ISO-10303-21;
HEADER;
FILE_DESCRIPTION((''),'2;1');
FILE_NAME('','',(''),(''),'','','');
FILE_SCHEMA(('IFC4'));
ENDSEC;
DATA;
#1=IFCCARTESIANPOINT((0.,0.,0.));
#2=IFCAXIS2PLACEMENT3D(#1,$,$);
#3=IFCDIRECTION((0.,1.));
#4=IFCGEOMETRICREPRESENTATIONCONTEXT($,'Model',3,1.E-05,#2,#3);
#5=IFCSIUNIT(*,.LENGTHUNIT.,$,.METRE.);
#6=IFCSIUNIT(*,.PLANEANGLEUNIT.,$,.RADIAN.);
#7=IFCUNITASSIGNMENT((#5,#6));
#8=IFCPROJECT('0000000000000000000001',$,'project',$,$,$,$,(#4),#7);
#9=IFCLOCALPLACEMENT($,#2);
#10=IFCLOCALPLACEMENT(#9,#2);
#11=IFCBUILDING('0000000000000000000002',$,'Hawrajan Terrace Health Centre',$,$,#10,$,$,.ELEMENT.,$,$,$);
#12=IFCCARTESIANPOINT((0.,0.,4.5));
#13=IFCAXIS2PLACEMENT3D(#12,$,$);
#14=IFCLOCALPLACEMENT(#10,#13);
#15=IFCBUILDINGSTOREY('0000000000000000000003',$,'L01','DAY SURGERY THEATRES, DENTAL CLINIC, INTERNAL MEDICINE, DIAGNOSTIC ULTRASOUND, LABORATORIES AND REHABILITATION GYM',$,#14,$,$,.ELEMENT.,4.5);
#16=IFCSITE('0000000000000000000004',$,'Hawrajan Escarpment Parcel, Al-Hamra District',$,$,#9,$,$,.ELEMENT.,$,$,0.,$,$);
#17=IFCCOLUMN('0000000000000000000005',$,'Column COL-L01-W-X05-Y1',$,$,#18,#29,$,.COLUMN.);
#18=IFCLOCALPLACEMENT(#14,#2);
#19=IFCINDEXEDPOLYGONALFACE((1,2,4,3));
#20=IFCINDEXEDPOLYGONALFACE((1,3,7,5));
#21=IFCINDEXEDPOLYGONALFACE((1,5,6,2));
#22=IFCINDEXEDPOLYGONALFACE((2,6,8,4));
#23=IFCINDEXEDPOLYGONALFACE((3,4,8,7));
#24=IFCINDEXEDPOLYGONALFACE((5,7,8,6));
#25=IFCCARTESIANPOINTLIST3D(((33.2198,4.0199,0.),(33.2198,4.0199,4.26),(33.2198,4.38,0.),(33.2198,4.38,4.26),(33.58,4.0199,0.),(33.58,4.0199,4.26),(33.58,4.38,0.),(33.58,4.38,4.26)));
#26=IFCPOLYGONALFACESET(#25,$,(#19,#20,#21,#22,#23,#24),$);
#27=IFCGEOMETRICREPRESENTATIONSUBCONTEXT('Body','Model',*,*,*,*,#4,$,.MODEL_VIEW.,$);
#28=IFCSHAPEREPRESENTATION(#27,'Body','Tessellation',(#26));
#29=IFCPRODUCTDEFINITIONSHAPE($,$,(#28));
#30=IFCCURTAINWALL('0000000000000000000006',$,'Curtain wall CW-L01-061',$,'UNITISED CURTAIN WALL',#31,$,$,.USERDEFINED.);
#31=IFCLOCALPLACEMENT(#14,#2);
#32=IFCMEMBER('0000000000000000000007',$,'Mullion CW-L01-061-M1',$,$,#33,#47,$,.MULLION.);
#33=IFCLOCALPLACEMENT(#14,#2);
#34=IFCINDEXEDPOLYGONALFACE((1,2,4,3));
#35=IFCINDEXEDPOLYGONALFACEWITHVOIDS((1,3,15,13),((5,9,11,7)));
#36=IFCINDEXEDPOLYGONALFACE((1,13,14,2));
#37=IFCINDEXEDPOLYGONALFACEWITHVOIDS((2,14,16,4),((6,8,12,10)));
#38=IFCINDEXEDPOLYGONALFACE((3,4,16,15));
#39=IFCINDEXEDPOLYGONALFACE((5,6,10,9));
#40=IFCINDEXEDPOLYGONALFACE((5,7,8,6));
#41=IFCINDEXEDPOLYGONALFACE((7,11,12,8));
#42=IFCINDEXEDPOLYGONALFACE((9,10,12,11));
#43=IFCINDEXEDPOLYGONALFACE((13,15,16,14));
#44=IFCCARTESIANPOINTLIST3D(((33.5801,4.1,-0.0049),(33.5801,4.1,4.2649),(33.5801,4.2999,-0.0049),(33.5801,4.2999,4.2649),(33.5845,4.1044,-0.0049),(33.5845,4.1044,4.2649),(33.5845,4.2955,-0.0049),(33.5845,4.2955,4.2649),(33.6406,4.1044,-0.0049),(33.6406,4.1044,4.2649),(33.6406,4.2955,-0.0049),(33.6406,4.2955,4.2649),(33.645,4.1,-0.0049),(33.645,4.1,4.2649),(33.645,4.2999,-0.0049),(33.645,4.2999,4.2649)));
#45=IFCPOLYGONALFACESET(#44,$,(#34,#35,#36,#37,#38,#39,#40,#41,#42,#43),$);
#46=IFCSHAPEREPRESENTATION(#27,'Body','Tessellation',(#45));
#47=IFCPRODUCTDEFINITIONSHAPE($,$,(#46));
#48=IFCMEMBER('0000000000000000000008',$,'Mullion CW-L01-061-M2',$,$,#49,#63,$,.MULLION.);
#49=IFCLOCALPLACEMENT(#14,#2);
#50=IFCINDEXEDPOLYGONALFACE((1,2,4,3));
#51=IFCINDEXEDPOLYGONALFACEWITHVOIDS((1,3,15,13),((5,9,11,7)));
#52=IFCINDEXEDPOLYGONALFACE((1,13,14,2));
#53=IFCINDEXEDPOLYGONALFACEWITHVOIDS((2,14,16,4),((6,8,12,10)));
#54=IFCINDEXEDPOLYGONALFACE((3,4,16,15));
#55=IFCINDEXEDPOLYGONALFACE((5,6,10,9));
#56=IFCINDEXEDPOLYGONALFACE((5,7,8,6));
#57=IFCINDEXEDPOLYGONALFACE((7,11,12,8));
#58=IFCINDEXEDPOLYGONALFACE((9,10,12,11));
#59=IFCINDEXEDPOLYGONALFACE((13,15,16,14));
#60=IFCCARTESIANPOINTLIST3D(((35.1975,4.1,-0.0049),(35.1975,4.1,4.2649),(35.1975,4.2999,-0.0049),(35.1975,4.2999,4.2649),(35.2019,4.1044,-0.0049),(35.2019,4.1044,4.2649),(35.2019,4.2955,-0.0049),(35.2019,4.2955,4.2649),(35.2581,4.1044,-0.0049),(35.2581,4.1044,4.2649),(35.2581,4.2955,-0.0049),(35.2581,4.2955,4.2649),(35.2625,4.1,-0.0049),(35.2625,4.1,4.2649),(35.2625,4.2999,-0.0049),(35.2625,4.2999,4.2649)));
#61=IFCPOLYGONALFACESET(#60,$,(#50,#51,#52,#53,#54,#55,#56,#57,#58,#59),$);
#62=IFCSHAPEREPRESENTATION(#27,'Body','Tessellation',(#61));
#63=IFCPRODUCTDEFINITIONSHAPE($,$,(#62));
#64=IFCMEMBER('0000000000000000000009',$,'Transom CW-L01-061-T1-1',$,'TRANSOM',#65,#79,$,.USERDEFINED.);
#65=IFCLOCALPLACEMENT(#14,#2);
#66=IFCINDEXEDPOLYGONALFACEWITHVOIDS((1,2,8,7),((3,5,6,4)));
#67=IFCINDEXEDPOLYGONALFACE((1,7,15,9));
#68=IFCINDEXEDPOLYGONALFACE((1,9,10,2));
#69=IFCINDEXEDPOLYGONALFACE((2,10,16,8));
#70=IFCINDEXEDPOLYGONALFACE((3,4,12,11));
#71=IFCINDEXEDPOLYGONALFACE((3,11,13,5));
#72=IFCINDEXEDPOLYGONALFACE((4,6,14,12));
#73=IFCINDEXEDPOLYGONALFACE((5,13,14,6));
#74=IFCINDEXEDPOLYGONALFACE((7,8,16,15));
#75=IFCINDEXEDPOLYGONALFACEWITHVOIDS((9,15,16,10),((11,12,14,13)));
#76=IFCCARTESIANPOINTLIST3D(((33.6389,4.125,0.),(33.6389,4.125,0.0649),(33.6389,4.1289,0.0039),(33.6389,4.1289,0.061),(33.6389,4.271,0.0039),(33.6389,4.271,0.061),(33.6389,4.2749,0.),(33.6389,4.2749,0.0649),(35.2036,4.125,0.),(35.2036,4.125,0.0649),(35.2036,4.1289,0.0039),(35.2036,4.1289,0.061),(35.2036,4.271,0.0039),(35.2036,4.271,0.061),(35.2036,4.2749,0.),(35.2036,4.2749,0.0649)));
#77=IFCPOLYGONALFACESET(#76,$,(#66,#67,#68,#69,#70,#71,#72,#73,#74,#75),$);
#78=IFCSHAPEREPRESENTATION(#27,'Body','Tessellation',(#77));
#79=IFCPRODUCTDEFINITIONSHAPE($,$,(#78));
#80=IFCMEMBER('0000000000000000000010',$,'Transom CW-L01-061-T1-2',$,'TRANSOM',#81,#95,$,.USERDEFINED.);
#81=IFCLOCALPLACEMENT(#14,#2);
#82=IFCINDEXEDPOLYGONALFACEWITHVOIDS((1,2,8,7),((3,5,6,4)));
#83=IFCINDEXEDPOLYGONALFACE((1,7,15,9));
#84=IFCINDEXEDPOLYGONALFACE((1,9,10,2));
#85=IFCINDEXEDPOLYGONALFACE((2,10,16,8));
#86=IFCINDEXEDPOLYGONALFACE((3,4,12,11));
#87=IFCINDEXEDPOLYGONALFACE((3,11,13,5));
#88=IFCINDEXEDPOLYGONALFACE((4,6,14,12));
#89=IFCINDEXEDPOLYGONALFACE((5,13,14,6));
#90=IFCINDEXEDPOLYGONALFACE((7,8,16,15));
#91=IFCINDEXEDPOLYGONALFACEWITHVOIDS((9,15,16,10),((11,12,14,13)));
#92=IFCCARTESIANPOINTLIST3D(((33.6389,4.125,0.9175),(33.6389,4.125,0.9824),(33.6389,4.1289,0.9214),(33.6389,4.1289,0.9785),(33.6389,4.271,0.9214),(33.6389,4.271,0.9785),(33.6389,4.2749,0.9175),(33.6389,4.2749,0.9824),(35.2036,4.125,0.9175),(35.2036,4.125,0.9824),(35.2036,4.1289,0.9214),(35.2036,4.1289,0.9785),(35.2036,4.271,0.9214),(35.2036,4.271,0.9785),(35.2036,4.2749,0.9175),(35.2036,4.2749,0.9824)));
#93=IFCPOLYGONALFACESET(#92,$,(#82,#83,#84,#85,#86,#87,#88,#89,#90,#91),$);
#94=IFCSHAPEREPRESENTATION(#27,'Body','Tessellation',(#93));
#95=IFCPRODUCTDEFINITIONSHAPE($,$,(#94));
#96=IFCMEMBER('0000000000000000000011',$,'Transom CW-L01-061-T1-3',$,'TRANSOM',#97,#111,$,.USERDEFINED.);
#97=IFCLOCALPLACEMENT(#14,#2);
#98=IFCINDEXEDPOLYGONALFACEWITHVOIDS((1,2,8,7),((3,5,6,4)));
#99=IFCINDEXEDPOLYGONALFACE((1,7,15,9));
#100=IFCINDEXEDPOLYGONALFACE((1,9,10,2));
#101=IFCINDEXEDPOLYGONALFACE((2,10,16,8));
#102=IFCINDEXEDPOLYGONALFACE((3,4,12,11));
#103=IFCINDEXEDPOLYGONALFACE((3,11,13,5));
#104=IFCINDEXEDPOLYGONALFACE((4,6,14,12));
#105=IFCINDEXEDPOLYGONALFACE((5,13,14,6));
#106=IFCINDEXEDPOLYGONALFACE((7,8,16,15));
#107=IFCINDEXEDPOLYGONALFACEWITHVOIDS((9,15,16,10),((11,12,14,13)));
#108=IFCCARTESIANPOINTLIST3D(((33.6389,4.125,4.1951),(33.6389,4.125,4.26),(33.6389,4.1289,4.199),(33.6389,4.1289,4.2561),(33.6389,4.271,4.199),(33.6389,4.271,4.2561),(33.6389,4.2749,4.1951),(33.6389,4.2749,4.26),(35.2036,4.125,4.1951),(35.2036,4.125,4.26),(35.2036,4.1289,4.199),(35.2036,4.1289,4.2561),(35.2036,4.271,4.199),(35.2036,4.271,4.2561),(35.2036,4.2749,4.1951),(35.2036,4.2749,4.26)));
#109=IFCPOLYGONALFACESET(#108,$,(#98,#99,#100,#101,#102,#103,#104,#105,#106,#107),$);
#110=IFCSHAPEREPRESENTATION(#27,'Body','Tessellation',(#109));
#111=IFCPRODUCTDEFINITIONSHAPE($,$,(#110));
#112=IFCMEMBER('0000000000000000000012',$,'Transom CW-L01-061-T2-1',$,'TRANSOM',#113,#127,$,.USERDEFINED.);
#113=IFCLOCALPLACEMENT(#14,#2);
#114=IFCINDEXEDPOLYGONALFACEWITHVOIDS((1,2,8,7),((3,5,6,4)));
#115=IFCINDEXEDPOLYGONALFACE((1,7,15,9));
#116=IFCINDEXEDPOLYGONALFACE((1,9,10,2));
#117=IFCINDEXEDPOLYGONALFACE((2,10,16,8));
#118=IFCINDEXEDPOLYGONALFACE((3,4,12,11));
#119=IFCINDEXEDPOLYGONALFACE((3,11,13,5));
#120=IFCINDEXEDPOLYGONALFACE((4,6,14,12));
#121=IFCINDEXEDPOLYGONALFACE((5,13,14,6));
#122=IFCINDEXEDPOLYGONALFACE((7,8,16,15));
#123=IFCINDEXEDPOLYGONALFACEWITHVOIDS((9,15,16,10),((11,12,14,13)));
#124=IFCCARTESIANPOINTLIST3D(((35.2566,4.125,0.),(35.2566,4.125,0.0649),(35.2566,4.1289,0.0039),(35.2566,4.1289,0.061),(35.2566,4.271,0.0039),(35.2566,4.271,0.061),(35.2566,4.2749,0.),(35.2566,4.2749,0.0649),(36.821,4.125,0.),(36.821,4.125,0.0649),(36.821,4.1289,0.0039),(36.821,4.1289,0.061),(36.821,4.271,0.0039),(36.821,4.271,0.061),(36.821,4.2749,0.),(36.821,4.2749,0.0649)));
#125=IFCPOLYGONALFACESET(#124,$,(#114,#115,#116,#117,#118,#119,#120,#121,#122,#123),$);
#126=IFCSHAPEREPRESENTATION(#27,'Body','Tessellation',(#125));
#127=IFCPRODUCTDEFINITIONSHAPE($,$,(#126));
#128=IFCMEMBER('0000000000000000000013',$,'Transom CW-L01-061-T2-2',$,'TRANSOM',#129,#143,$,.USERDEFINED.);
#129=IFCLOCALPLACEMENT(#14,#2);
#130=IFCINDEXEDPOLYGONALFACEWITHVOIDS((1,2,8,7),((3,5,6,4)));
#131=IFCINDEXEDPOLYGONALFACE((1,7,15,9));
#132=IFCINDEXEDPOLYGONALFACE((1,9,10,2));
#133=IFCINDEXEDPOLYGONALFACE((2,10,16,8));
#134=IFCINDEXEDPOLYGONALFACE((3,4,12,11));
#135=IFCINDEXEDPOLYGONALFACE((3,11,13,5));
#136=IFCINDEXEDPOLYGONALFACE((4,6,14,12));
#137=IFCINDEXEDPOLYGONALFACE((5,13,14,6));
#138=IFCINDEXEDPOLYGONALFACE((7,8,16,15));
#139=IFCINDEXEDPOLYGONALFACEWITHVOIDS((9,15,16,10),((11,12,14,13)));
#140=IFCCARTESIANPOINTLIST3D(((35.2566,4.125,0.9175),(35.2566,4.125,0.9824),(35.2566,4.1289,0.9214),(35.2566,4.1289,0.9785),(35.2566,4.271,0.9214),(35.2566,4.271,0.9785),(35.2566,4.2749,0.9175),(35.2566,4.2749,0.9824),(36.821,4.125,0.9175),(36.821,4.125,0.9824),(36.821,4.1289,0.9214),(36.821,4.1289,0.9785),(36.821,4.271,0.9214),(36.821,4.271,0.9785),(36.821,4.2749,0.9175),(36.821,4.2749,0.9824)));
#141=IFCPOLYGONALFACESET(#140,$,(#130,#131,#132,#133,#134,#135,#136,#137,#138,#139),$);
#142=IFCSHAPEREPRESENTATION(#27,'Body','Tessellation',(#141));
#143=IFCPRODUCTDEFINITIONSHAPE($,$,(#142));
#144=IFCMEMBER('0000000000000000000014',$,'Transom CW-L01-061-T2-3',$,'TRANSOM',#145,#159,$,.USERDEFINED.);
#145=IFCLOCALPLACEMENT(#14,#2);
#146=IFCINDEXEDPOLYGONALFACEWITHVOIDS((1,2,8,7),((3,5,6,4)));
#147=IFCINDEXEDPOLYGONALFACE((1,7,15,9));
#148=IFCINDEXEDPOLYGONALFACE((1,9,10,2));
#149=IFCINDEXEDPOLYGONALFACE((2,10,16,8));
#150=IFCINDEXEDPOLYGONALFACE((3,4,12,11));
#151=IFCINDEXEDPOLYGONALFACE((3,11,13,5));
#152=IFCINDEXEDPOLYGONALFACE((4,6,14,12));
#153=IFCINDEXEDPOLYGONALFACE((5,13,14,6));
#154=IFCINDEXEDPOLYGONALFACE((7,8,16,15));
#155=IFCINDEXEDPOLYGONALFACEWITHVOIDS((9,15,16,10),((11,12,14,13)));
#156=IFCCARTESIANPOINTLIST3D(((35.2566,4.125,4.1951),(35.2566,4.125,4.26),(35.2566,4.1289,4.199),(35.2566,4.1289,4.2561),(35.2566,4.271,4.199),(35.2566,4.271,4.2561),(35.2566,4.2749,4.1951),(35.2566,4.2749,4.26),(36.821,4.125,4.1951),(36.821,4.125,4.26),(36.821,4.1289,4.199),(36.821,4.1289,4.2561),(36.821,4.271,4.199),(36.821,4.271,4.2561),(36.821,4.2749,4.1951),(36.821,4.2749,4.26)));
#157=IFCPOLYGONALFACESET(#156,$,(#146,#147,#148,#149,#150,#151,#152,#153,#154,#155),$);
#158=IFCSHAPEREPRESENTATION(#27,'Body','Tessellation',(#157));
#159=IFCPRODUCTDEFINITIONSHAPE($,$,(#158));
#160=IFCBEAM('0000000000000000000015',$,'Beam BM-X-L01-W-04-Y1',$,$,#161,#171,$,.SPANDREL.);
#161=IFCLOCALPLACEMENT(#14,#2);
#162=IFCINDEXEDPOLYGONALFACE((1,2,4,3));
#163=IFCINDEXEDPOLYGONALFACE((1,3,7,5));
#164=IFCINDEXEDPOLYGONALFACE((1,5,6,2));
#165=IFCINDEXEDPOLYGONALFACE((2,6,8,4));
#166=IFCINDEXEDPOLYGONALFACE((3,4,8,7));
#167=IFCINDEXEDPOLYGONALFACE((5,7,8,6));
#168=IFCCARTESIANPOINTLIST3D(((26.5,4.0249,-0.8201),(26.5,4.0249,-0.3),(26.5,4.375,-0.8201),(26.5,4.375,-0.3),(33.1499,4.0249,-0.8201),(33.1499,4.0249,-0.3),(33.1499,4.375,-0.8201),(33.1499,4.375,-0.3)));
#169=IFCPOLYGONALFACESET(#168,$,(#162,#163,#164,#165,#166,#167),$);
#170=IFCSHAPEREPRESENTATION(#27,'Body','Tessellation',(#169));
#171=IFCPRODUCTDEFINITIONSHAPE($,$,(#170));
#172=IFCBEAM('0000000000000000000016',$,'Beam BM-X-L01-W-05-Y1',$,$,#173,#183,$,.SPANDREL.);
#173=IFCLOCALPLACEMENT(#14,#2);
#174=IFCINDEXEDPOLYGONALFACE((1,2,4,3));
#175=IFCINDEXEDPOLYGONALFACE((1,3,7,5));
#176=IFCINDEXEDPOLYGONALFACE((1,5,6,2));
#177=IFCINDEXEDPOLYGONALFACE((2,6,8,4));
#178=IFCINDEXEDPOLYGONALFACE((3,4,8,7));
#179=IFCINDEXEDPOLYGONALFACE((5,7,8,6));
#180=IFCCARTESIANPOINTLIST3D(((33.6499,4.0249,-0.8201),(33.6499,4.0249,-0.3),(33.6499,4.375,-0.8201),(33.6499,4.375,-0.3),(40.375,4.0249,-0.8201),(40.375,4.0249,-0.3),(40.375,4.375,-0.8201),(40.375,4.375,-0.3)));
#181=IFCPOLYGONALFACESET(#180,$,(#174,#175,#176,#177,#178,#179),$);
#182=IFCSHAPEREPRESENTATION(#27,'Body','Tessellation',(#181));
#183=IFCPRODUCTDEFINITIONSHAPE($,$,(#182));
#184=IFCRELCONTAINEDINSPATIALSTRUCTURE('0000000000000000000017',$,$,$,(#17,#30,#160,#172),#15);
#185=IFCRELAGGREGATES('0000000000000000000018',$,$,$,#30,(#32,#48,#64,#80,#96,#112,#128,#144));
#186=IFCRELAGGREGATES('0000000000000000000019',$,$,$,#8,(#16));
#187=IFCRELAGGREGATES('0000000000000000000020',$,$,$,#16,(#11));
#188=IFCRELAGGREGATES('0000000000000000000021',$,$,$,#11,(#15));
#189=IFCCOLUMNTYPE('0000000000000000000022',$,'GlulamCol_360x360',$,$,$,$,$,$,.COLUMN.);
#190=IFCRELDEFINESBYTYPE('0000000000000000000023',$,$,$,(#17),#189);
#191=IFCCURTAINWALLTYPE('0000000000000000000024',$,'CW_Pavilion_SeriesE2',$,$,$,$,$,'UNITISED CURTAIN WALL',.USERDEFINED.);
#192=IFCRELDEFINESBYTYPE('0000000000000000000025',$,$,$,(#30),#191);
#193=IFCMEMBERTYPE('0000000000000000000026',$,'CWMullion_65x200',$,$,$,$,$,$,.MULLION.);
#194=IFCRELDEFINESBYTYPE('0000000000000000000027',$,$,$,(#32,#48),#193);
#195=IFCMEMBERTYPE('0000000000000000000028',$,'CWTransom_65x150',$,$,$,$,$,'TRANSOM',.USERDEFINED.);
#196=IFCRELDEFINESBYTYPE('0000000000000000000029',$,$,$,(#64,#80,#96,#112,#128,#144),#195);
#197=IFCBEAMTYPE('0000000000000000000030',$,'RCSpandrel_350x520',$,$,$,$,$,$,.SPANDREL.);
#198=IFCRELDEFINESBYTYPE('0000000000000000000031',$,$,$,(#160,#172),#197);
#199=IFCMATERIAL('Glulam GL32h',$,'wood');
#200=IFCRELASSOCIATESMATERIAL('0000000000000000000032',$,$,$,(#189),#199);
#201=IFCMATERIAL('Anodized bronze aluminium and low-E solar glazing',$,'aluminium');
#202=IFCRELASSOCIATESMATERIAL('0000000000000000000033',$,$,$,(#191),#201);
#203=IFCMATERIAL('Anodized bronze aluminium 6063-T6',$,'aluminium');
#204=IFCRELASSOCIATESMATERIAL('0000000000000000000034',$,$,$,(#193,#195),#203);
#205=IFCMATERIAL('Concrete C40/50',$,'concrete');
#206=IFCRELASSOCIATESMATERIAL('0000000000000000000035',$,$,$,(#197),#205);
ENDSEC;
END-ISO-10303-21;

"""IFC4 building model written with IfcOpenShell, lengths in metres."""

from ifc_helpers import new_model, si_unit, direction, frame, origin, origin_2d, place, context, subcontext, project, spatial, rectangle, hollow_rectangle, extrude, material, material_profile, profile_set, type_object, element, aggregate, save


model = new_model("IFC4")

# Units and contexts
model_context = context("Model", 3, precision=1e-05, world=origin(), true_north=direction((0.0, 1.0)))
body_context = subcontext(model_context, "Body", "Model", "MODEL_VIEW")
ifc_project = project(units=[si_unit("LENGTHUNIT", "METRE"), si_unit("PLANEANGLEUNIT", "RADIAN")], contexts=[model_context])

# Site, building, storey
site_placement = place(None, origin())
site = spatial("IfcSite", under=ifc_project, at=site_placement, Name="Hawrajan Escarpment Parcel, Al-Hamra District", CompositionType="ELEMENT", RefElevation=0.0)
building_placement = place(site_placement, origin())
building = spatial("IfcBuilding", under=site, at=building_placement, Name="Hawrajan Terrace Health Centre", CompositionType="ELEMENT")
storey_placement = place(building_placement, frame((0.0, 0.0, 4.5)))
storey = spatial("IfcBuildingStorey", under=building, at=storey_placement, Name="L01", Description="DAY SURGERY THEATRES, DENTAL CLINIC, INTERNAL MEDICINE, DIAGNOSTIC ULTRASOUND, LABORATORIES AND REHABILITATION GYM", CompositionType="ELEMENT", Elevation=4.5)

# Column
ifc_material_1 = material(Name="Glulam GL32h", Category="wood")
ifc_material_profile_1 = material_profile(ifc_material_1, rectangle(XDim=0.3601, YDim=0.3601, at=origin_2d()), Name="GL 360x360")
ifc_profile_set_1 = profile_set([ifc_material_profile_1], Name="Glulam GL32h")
column_type = type_object("IfcColumnType", Name="GlulamCol_360x360", PredefinedType="COLUMN", material=ifc_profile_set_1)
column_placement = place(storey_placement, frame((33.3999, 4.2, 0.0), z_axis=(0.0, 0.0, 1.0), x_axis=(1.0, 0.0, 0.0)))
element("IfcColumn", 1, at=column_placement, inside=storey, type_object=column_type, Name="Column COL-L01-W-X05-Y1", PredefinedType="COLUMN", context=body_context, shape_type="SweptSolid", body=[
    extrude(rectangle(XDim=0.3601, YDim=0.3601, at=origin_2d()), origin(), (0.0, 0.0, 1.0), 4.26),
])

# Curtain wall, members
ifc_material_2 = material(Name="Anodized bronze aluminium and low-E solar glazing", Category="aluminium")
curtain_wall_type = type_object("IfcCurtainWallType", Name="CW_Pavilion_SeriesE2", ElementType="UNITISED CURTAIN WALL", PredefinedType="USERDEFINED", material=ifc_material_2)
curtain_wall_placement = place(storey_placement, origin())
curtain_wall = element("IfcCurtainWall", 2, at=curtain_wall_placement, inside=storey, type_object=curtain_wall_type, Name="Curtain wall CW-L01-061", ObjectType="UNITISED CURTAIN WALL", PredefinedType="USERDEFINED")
ifc_material_3 = material(Name="Anodized bronze aluminium 6063-T6", Category="aluminium")
ifc_material_profile_2 = material_profile(ifc_material_3, hollow_rectangle(XDim=0.0649, YDim=0.2, WallThickness=0.0044, at=origin_2d()), Name="CW MUL 65x200")
ifc_profile_set_2 = profile_set([ifc_material_profile_2], Name="Anodized bronze aluminium 6063-T6")
member_type_1 = type_object("IfcMemberType", Name="CWMullion_65x200", PredefinedType="MULLION", material=ifc_profile_set_2)
member_1_placement = place(storey_placement, frame((33.6125, 4.2, -0.0049), z_axis=(0.0, 0.0, 1.0), x_axis=(1.0, 0.0, 0.0)))
member_1 = element("IfcMember", 3, at=member_1_placement, type_object=member_type_1, Name="Mullion CW-L01-061-M1", PredefinedType="MULLION", context=body_context, shape_type="SweptSolid", body=[
    extrude(hollow_rectangle(XDim=0.0649, YDim=0.2, WallThickness=0.0044, at=origin_2d()), origin(), (0.0, 0.0, 1.0), 4.2698),
])
member_2_placement = place(storey_placement, frame((35.23, 4.2, -0.0049), z_axis=(0.0, 0.0, 1.0), x_axis=(1.0, 0.0, 0.0)))
member_2 = element("IfcMember", 4, at=member_2_placement, type_object=member_type_1, Name="Mullion CW-L01-061-M2", PredefinedType="MULLION", context=body_context, shape_type="SweptSolid", body=[
    extrude(hollow_rectangle(XDim=0.0649, YDim=0.2, WallThickness=0.0044, at=origin_2d()), origin(), (0.0, 0.0, 1.0), 4.2698),
])
ifc_material_profile_3 = material_profile(ifc_material_3, hollow_rectangle(XDim=0.0649, YDim=0.1499, WallThickness=0.0039, at=origin_2d()), Name="CW TRN 65x150")
ifc_profile_set_3 = profile_set([ifc_material_profile_3], Name="Anodized bronze aluminium 6063-T6")
member_type_2 = type_object("IfcMemberType", Name="CWTransom_65x150", ElementType="TRANSOM", PredefinedType="USERDEFINED", material=ifc_profile_set_3)
member_3_placement = place(storey_placement, frame((33.6389, 4.2, 0.0325), z_axis=(1.0, 0.0, 0.0), x_axis=(0.0, 0.0, 1.0)))
member_3 = element("IfcMember", 5, at=member_3_placement, type_object=member_type_2, Name="Transom CW-L01-061-T1-1", ObjectType="TRANSOM", PredefinedType="USERDEFINED", context=body_context, shape_type="SweptSolid", body=[
    extrude(hollow_rectangle(XDim=0.0649, YDim=0.1499, WallThickness=0.0039, at=origin_2d()), origin(), (0.0, 0.0, 1.0), 1.5647),
])
member_4_placement = place(storey_placement, frame((33.6389, 4.2, 0.95), z_axis=(1.0, 0.0, 0.0), x_axis=(0.0, 0.0, 1.0)))
member_4 = element("IfcMember", 6, at=member_4_placement, type_object=member_type_2, Name="Transom CW-L01-061-T1-2", ObjectType="TRANSOM", PredefinedType="USERDEFINED", context=body_context, shape_type="SweptSolid", body=[
    extrude(hollow_rectangle(XDim=0.0649, YDim=0.1499, WallThickness=0.0039, at=origin_2d()), origin(), (0.0, 0.0, 1.0), 1.5647),
])
member_5_placement = place(storey_placement, frame((33.6389, 4.2, 4.2275), z_axis=(1.0, 0.0, 0.0), x_axis=(0.0, 0.0, 1.0)))
member_5 = element("IfcMember", 7, at=member_5_placement, type_object=member_type_2, Name="Transom CW-L01-061-T1-3", ObjectType="TRANSOM", PredefinedType="USERDEFINED", context=body_context, shape_type="SweptSolid", body=[
    extrude(hollow_rectangle(XDim=0.0649, YDim=0.1499, WallThickness=0.0039, at=origin_2d()), origin(), (0.0, 0.0, 1.0), 1.5647),
])
member_6_placement = place(storey_placement, frame((35.2566, 4.2, 0.0325), z_axis=(1.0, 0.0, 0.0), x_axis=(0.0, 0.0, 1.0)))
member_6 = element("IfcMember", 8, at=member_6_placement, type_object=member_type_2, Name="Transom CW-L01-061-T2-1", ObjectType="TRANSOM", PredefinedType="USERDEFINED", context=body_context, shape_type="SweptSolid", body=[
    extrude(hollow_rectangle(XDim=0.0649, YDim=0.1499, WallThickness=0.0039, at=origin_2d()), origin(), (0.0, 0.0, 1.0), 1.5645),
])
member_7_placement = place(storey_placement, frame((35.2566, 4.2, 0.95), z_axis=(1.0, 0.0, 0.0), x_axis=(0.0, 0.0, 1.0)))
member_7 = element("IfcMember", 9, at=member_7_placement, type_object=member_type_2, Name="Transom CW-L01-061-T2-2", ObjectType="TRANSOM", PredefinedType="USERDEFINED", context=body_context, shape_type="SweptSolid", body=[
    extrude(hollow_rectangle(XDim=0.0649, YDim=0.1499, WallThickness=0.0039, at=origin_2d()), origin(), (0.0, 0.0, 1.0), 1.5645),
])
member_8_placement = place(storey_placement, frame((35.2566, 4.2, 4.2275), z_axis=(1.0, 0.0, 0.0), x_axis=(0.0, 0.0, 1.0)))
member_8 = element("IfcMember", 10, at=member_8_placement, type_object=member_type_2, Name="Transom CW-L01-061-T2-3", ObjectType="TRANSOM", PredefinedType="USERDEFINED", context=body_context, shape_type="SweptSolid", body=[
    extrude(hollow_rectangle(XDim=0.0649, YDim=0.1499, WallThickness=0.0039, at=origin_2d()), origin(), (0.0, 0.0, 1.0), 1.5645),
])

# Beams
ifc_material_4 = material(Name="Concrete C40/50", Category="concrete")
ifc_material_profile_4 = material_profile(ifc_material_4, rectangle(XDim=0.3501, YDim=0.52, at=origin_2d()), Name="RC SP 350x520")
ifc_profile_set_4 = profile_set([ifc_material_profile_4], Name="Concrete C40/50")
beam_type_1 = type_object("IfcBeamType", Name="RCSpandrel_350x520", PredefinedType="SPANDREL", material=ifc_profile_set_4)
beam_1_placement = place(storey_placement, frame((26.5, 4.2, -0.5601), z_axis=(1.0, 0.0, 0.0), x_axis=(0.0, 1.0, 0.0)))
element("IfcBeam", 11, at=beam_1_placement, inside=storey, type_object=beam_type_1, Name="Beam BM-X-L01-W-04-Y1", PredefinedType="SPANDREL", context=body_context, shape_type="SweptSolid", body=[
    extrude(rectangle(XDim=0.3501, YDim=0.52, at=origin_2d()), origin(), (0.0, 0.0, 1.0), 6.6499),
])
beam_2_placement = place(storey_placement, frame((33.6499, 4.2, -0.5601), z_axis=(1.0, 0.0, 0.0), x_axis=(0.0, 1.0, 0.0)))
element("IfcBeam", 12, at=beam_2_placement, inside=storey, type_object=beam_type_1, Name="Beam BM-X-L01-W-05-Y1", PredefinedType="SPANDREL", context=body_context, shape_type="SweptSolid", body=[
    extrude(rectangle(XDim=0.3501, YDim=0.52, at=origin_2d()), origin(), (0.0, 0.0, 1.0), 6.7251),
])

aggregate(curtain_wall, [member_1, member_2, member_3, member_4, member_5, member_6, member_7, member_8])

save(model, "model.ifc")
